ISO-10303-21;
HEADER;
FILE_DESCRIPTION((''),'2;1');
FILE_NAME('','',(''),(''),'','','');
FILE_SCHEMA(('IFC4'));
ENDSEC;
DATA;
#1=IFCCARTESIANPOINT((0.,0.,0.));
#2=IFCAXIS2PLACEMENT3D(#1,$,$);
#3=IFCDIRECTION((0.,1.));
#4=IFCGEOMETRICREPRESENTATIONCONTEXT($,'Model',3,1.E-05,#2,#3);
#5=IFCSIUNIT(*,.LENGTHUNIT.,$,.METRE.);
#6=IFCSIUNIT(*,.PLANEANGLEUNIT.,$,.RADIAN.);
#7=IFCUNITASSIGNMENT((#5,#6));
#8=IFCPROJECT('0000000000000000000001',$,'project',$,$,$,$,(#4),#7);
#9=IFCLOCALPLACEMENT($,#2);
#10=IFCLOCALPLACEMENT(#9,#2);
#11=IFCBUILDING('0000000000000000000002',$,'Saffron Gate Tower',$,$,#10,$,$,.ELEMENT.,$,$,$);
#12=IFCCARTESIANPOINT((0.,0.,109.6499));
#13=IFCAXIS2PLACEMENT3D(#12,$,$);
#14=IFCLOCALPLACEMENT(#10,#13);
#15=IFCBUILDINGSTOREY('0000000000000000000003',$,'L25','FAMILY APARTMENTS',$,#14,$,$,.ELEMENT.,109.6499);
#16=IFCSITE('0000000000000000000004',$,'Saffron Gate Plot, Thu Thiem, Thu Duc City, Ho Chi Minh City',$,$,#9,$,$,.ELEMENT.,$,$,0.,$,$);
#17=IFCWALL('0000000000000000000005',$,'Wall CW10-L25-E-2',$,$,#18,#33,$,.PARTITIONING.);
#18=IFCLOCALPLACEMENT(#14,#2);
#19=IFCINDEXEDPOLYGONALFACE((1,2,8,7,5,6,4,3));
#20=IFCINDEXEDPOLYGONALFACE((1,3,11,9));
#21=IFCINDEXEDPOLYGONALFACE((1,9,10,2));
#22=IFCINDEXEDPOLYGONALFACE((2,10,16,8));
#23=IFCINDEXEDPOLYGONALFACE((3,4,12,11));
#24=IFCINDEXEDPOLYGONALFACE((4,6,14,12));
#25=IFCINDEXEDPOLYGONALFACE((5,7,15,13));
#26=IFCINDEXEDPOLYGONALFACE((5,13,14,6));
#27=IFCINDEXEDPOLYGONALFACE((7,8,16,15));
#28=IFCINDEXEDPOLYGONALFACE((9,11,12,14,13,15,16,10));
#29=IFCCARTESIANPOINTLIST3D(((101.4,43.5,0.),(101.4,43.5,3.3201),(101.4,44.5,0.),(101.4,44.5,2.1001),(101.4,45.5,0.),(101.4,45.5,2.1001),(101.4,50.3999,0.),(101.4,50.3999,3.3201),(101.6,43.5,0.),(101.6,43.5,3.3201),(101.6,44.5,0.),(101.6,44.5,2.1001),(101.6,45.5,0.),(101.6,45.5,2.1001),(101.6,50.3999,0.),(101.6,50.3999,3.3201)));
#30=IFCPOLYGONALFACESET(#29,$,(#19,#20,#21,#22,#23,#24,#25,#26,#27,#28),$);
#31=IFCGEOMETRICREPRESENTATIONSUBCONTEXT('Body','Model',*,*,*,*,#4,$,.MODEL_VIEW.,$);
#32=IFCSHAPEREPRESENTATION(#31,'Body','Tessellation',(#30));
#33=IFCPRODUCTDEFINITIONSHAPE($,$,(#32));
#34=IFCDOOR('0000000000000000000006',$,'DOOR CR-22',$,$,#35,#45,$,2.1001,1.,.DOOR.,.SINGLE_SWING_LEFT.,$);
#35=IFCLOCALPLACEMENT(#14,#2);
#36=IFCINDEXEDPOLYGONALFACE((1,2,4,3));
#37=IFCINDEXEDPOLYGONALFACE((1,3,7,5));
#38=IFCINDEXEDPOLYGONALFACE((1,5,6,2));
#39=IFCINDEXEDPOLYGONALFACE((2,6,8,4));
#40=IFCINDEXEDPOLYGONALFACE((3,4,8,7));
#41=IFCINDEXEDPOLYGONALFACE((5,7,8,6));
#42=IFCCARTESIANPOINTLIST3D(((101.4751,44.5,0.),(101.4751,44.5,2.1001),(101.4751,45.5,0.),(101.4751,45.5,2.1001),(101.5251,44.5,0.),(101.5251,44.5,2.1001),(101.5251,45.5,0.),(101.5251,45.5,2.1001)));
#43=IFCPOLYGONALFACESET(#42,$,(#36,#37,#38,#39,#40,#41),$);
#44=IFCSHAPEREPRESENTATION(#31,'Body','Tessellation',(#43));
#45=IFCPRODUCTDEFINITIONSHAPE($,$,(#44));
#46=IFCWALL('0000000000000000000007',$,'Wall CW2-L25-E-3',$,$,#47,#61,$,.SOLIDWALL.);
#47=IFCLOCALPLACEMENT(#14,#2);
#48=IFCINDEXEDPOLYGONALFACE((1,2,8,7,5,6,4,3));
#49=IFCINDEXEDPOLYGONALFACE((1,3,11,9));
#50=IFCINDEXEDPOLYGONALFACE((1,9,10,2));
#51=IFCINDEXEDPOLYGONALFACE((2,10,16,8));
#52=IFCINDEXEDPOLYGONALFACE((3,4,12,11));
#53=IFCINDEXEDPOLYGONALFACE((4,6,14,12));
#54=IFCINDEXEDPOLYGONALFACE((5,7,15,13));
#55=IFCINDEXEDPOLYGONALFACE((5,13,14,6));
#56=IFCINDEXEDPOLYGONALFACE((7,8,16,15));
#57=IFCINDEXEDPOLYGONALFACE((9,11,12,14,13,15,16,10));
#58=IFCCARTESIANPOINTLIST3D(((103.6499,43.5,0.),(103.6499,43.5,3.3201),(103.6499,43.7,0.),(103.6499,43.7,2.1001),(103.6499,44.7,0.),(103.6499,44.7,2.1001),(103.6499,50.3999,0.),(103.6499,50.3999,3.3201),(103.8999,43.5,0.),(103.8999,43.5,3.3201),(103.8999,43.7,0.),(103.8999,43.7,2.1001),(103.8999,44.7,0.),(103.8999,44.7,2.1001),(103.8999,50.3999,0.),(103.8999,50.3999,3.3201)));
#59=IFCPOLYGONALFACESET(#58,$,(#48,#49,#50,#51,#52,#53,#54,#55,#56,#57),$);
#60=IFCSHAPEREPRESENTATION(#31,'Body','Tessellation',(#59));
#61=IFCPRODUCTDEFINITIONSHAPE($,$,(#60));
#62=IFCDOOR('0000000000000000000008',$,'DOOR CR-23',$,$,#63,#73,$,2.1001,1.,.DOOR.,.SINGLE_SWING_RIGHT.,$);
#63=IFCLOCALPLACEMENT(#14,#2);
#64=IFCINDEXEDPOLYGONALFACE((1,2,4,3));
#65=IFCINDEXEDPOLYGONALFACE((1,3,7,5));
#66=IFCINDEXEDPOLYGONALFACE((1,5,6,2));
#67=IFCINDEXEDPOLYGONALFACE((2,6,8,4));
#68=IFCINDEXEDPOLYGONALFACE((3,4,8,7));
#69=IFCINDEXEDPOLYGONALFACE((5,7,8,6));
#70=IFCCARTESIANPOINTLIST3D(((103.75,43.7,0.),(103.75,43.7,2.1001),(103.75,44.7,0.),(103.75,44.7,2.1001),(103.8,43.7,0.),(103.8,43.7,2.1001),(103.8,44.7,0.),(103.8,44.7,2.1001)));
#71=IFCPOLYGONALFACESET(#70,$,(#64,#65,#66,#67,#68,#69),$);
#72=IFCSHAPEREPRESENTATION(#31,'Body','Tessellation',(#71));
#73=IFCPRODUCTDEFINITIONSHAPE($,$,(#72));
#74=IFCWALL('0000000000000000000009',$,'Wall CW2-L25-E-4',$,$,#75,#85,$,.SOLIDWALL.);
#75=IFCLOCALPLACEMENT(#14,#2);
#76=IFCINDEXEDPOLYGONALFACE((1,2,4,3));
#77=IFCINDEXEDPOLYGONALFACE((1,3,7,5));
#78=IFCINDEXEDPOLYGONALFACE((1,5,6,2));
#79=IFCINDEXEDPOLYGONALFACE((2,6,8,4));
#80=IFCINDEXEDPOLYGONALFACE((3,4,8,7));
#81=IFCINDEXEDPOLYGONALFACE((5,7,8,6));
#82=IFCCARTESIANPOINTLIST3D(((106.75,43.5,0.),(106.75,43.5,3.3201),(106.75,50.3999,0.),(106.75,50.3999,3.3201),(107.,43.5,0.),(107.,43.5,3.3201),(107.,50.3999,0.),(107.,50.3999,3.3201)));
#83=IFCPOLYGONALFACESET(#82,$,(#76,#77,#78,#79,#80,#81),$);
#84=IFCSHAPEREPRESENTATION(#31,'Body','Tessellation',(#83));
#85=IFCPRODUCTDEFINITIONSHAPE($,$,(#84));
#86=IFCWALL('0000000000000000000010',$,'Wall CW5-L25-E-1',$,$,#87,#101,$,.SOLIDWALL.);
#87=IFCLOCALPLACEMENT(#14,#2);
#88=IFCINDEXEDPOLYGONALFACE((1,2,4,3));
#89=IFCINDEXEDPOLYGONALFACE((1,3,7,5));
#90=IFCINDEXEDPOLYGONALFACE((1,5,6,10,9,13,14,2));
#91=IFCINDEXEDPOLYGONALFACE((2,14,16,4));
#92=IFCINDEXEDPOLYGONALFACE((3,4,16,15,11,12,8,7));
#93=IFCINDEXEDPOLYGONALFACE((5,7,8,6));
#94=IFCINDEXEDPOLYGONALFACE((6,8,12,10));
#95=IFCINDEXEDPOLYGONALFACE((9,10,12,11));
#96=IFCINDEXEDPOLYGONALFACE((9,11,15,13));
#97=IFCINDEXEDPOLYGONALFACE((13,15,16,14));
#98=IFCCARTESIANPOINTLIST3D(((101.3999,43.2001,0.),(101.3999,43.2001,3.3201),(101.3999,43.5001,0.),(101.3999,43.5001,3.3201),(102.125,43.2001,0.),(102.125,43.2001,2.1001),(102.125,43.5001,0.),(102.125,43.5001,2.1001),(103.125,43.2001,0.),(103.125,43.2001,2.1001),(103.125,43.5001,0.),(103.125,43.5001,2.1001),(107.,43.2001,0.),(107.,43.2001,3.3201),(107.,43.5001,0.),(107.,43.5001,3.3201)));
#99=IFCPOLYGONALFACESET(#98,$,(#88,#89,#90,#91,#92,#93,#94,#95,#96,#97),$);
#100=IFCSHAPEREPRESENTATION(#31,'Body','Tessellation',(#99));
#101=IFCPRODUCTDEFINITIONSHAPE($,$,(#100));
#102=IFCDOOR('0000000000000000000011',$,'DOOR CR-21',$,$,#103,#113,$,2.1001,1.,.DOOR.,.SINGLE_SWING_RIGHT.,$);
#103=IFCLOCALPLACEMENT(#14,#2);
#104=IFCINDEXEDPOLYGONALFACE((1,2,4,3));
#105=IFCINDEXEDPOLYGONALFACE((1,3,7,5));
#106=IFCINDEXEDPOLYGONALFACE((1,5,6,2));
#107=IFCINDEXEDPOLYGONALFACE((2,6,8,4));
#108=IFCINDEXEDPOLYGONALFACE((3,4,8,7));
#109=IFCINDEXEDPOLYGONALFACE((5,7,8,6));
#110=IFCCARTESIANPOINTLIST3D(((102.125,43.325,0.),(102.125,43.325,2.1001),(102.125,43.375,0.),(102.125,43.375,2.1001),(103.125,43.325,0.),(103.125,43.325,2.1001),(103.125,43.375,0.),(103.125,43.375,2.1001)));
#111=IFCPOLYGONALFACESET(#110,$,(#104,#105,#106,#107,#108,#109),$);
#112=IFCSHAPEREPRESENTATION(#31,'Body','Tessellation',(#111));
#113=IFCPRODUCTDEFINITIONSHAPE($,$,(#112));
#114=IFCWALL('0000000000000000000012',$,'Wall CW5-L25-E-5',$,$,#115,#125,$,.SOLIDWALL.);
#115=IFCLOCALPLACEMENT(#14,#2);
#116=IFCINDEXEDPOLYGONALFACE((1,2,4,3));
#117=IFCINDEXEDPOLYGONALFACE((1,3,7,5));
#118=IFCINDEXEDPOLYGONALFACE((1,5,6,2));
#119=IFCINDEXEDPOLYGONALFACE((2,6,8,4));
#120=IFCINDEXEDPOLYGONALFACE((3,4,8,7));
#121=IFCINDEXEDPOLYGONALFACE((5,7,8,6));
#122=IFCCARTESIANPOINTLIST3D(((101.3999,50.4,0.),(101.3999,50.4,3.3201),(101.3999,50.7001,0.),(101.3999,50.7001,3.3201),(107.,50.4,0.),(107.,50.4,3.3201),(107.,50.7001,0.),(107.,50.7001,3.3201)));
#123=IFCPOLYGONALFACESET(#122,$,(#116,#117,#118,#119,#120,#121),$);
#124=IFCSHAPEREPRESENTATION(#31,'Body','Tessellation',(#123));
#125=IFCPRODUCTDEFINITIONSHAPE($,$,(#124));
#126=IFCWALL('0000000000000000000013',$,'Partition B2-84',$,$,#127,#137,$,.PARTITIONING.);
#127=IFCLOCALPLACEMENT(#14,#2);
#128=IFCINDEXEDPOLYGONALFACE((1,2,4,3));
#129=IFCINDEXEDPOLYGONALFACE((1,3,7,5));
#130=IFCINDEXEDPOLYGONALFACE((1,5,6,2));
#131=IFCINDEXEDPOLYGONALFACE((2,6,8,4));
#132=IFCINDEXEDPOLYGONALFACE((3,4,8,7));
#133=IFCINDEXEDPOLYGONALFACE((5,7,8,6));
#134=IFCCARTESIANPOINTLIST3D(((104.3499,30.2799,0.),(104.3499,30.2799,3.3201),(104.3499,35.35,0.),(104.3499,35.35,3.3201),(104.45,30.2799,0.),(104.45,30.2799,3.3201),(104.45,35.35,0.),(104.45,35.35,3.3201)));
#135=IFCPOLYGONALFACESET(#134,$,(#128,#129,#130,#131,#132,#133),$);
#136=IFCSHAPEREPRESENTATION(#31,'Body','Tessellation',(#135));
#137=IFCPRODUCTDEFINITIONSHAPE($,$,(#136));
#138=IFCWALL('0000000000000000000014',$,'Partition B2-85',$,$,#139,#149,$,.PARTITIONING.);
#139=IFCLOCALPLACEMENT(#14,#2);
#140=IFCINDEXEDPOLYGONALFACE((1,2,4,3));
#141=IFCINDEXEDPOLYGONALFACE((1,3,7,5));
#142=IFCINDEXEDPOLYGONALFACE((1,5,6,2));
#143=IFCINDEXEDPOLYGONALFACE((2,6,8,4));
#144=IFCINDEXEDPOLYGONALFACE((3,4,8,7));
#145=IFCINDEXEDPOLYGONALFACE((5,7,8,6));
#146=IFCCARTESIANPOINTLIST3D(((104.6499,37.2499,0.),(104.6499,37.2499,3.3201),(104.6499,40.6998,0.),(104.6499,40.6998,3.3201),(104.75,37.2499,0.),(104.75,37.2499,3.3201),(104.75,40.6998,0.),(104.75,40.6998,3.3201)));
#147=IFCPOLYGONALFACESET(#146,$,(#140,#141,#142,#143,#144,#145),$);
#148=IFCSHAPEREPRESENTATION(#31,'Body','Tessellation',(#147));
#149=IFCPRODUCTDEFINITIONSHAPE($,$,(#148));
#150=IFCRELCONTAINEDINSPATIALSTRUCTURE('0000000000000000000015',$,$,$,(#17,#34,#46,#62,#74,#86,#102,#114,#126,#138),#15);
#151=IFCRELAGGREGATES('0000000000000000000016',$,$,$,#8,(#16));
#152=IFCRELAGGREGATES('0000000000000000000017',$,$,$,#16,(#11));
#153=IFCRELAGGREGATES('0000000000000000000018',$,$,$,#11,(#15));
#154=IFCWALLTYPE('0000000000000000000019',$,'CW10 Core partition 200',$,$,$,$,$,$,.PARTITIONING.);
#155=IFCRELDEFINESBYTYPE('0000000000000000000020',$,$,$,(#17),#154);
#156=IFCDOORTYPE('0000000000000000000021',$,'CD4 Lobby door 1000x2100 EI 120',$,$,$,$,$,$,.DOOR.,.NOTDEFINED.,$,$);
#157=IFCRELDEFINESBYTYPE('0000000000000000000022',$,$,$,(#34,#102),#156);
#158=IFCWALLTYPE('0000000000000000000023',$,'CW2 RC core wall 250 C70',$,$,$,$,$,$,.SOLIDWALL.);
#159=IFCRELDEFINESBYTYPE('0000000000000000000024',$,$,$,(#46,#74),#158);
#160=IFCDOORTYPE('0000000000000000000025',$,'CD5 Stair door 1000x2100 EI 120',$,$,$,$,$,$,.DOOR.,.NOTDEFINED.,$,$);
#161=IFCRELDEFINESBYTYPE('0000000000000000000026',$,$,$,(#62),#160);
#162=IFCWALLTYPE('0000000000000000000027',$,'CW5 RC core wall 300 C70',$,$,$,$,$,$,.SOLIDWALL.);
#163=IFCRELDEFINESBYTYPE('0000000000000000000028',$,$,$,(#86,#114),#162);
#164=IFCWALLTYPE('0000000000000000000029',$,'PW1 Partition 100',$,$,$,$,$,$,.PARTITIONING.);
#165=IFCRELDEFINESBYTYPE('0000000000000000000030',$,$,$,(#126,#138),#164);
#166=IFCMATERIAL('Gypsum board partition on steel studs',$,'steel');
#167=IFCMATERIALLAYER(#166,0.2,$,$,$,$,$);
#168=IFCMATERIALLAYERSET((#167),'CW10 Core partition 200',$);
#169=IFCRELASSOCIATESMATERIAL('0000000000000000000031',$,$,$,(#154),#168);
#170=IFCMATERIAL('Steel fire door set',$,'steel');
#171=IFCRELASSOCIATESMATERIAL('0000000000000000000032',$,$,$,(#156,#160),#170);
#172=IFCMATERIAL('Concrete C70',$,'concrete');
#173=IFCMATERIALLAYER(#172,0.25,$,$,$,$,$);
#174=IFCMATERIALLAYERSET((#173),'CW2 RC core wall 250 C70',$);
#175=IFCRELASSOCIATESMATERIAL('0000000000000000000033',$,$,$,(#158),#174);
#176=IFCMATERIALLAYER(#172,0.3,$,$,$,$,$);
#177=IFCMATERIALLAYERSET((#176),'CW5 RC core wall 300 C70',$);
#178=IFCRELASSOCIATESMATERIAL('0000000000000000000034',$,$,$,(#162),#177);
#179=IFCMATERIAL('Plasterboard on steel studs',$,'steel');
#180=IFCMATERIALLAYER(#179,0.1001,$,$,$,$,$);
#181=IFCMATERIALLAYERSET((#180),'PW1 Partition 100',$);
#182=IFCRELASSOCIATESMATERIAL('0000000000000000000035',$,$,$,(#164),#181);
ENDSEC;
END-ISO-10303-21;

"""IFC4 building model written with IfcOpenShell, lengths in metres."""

from ifc_helpers import new_model, si_unit, direction, frame, frame_2d, origin, place, context, subcontext, project, spatial, rectangle, extrude, material, layer, layer_set, type_object, element, fill, save


model = new_model("IFC4")

# Units and contexts
model_context = context("Model", 3, precision=1e-05, world=origin(), true_north=direction((0.0, 1.0)))
body_context = subcontext(model_context, "Body", "Model", "MODEL_VIEW")
ifc_project = project(units=[si_unit("LENGTHUNIT", "METRE"), si_unit("PLANEANGLEUNIT", "RADIAN")], contexts=[model_context])

# Site, building, storey
site_placement = place(None, origin())
site = spatial("IfcSite", under=ifc_project, at=site_placement, Name="Saffron Gate Plot, Thu Thiem, Thu Duc City, Ho Chi Minh City", CompositionType="ELEMENT", RefElevation=0.0)
building_placement = place(site_placement, origin())
building = spatial("IfcBuilding", under=site, at=building_placement, Name="Saffron Gate Tower", CompositionType="ELEMENT")
storey_placement = place(building_placement, frame((0.0, 0.0, 109.6499)))
storey = spatial("IfcBuildingStorey", under=building, at=storey_placement, Name="L25", Description="FAMILY APARTMENTS", CompositionType="ELEMENT", Elevation=109.6499)

# Walls, openings, doors
ifc_material_1 = material(Name="Gypsum board partition on steel studs", Category="steel")
ifc_layer_1 = layer(ifc_material_1, 0.2)
ifc_layer_set_1 = layer_set([ifc_layer_1], Name="CW10 Core partition 200")
wall_type_1 = type_object("IfcWallType", Name="CW10 Core partition 200", PredefinedType="PARTITIONING", material=ifc_layer_set_1)
wall_1_placement = place(storey_placement, frame((101.5, 43.5, 0.0), z_axis=(0.0, 0.0, 1.0), x_axis=(0.0, 1.0, 0.0)))
wall_1 = element("IfcWall", 1, at=wall_1_placement, inside=storey, type_object=wall_type_1, Name="Wall CW10-L25-E-2", PredefinedType="PARTITIONING", context=body_context, shape_type="SweptSolid", body=[
    extrude(rectangle(XDim=6.8999, YDim=0.2, at=frame_2d((3.45, 0.0))), origin(), (0.0, 0.0, 1.0), 3.3201),
])
opening_1_placement = place(wall_1_placement, frame((1.0, 0.0, 0.0)))
opening_1 = element("IfcOpeningElement", 2, at=opening_1_placement, cuts=wall_1, PredefinedType="OPENING", context=body_context, shape_type="SweptSolid", body=[
    extrude(rectangle(XDim=1.0, YDim=2.1001, at=frame_2d((0.5, 1.05))), frame((0.0, 0.1099, 0.0), z_axis=(0.0, -1.0, 0.0), x_axis=(1.0, 0.0, 0.0)), (0.0, 0.0, 1.0), 0.22),
])
ifc_material_2 = material(Name="Steel fire door set", Category="steel")
door_type_1 = type_object("IfcDoorType", Name="CD4 Lobby door 1000x2100 EI 120", OperationType="NOTDEFINED", PredefinedType="DOOR", material=ifc_material_2)
door_1_placement = place(opening_1_placement, origin())
door_1 = element("IfcDoor", 3, at=door_1_placement, inside=storey, type_object=door_type_1, Name="DOOR CR-22", OperationType="SINGLE_SWING_LEFT", OverallHeight=2.1001, OverallWidth=1.0, PredefinedType="DOOR", context=body_context, shape_type="SweptSolid", body=[
    extrude(rectangle(XDim=1.0, YDim=2.1001, at=frame_2d((0.5, 1.05))), frame((0.0, 0.0249, 0.0), z_axis=(0.0, -1.0, 0.0), x_axis=(1.0, 0.0, 0.0)), (0.0, 0.0, 1.0), 0.05),
])
fill(opening_1, door_1)
ifc_material_3 = material(Name="Concrete C70", Category="concrete")
ifc_layer_2 = layer(ifc_material_3, 0.25)
ifc_layer_set_2 = layer_set([ifc_layer_2], Name="CW2 RC core wall 250 C70")
wall_type_2 = type_object("IfcWallType", Name="CW2 RC core wall 250 C70", PredefinedType="SOLIDWALL", material=ifc_layer_set_2)
wall_2_placement = place(storey_placement, frame((103.7749, 43.5, 0.0), z_axis=(0.0, 0.0, 1.0), x_axis=(0.0, 1.0, 0.0)))
wall_2 = element("IfcWall", 4, at=wall_2_placement, inside=storey, type_object=wall_type_2, Name="Wall CW2-L25-E-3", PredefinedType="SOLIDWALL", context=body_context, shape_type="SweptSolid", body=[
    extrude(rectangle(XDim=6.8999, YDim=0.25, at=frame_2d((3.45, 0.0))), origin(), (0.0, 0.0, 1.0), 3.3201),
])
opening_2_placement = place(wall_2_placement, frame((0.2, 0.0, 0.0)))
opening_2 = element("IfcOpeningElement", 5, at=opening_2_placement, cuts=wall_2, PredefinedType="OPENING", context=body_context, shape_type="SweptSolid", body=[
    extrude(rectangle(XDim=1.0, YDim=2.1001, at=frame_2d((0.5, 1.05))), frame((0.0, 0.135, 0.0), z_axis=(0.0, -1.0, 0.0), x_axis=(1.0, 0.0, 0.0)), (0.0, 0.0, 1.0), 0.27),
])
door_type_2 = type_object("IfcDoorType", Name="CD5 Stair door 1000x2100 EI 120", OperationType="NOTDEFINED", PredefinedType="DOOR", material=ifc_material_2)
door_2_placement = place(opening_2_placement, origin())
door_2 = element("IfcDoor", 6, at=door_2_placement, inside=storey, type_object=door_type_2, Name="DOOR CR-23", OperationType="SINGLE_SWING_RIGHT", OverallHeight=2.1001, OverallWidth=1.0, PredefinedType="DOOR", context=body_context, shape_type="SweptSolid", body=[
    extrude(rectangle(XDim=1.0, YDim=2.1001, at=frame_2d((0.5, 1.05))), frame((0.0, 0.0249, 0.0), z_axis=(0.0, -1.0, 0.0), x_axis=(1.0, 0.0, 0.0)), (0.0, 0.0, 1.0), 0.05),
])
fill(opening_2, door_2)

# Wall
wall_3_placement = place(storey_placement, frame((106.875, 43.5, 0.0), z_axis=(0.0, 0.0, 1.0), x_axis=(0.0, 1.0, 0.0)))
element("IfcWall", 7, at=wall_3_placement, inside=storey, type_object=wall_type_2, Name="Wall CW2-L25-E-4", PredefinedType="SOLIDWALL", context=body_context, shape_type="SweptSolid", body=[
    extrude(rectangle(XDim=6.8999, YDim=0.25, at=frame_2d((3.45, 0.0))), origin(), (0.0, 0.0, 1.0), 3.3201),
])

# Wall, opening, door
ifc_layer_3 = layer(ifc_material_3, 0.3)
ifc_layer_set_3 = layer_set([ifc_layer_3], Name="CW5 RC core wall 300 C70")
wall_type_3 = type_object("IfcWallType", Name="CW5 RC core wall 300 C70", PredefinedType="SOLIDWALL", material=ifc_layer_set_3)
wall_4_placement = place(storey_placement, frame((101.3999, 43.3501, 0.0), z_axis=(0.0, 0.0, 1.0), x_axis=(1.0, 0.0, 0.0)))
wall_4 = element("IfcWall", 8, at=wall_4_placement, inside=storey, type_object=wall_type_3, Name="Wall CW5-L25-E-1", PredefinedType="SOLIDWALL", context=body_context, shape_type="SweptSolid", body=[
    extrude(rectangle(XDim=5.6001, YDim=0.3, at=frame_2d((2.8, 0.0))), origin(), (0.0, 0.0, 1.0), 3.3201),
])
opening_3_placement = place(wall_4_placement, frame((0.7251, 0.0, 0.0)))
opening_3 = element("IfcOpeningElement", 9, at=opening_3_placement, cuts=wall_4, PredefinedType="OPENING", context=body_context, shape_type="SweptSolid", body=[
    extrude(rectangle(XDim=1.0, YDim=2.1001, at=frame_2d((0.5, 1.05))), frame((0.0, 0.1602, 0.0), z_axis=(0.0, -1.0, 0.0), x_axis=(1.0, 0.0, 0.0)), (0.0, 0.0, 1.0), 0.3201),
])
door_3_placement = place(opening_3_placement, origin())
door_3 = element("IfcDoor", 10, at=door_3_placement, inside=storey, type_object=door_type_1, Name="DOOR CR-21", OperationType="SINGLE_SWING_RIGHT", OverallHeight=2.1001, OverallWidth=1.0, PredefinedType="DOOR", context=body_context, shape_type="SweptSolid", body=[
    extrude(rectangle(XDim=1.0, YDim=2.1001, at=frame_2d((0.5, 1.05))), frame((0.0, 0.0249, 0.0), z_axis=(0.0, -1.0, 0.0), x_axis=(1.0, 0.0, 0.0)), (0.0, 0.0, 1.0), 0.05),
])
fill(opening_3, door_3)

# Walls
wall_5_placement = place(storey_placement, frame((101.3999, 50.55, 0.0), z_axis=(0.0, 0.0, 1.0), x_axis=(1.0, 0.0, 0.0)))
element("IfcWall", 11, at=wall_5_placement, inside=storey, type_object=wall_type_3, Name="Wall CW5-L25-E-5", PredefinedType="SOLIDWALL", context=body_context, shape_type="SweptSolid", body=[
    extrude(rectangle(XDim=5.6001, YDim=0.3, at=frame_2d((2.8, 0.0))), origin(), (0.0, 0.0, 1.0), 3.3201),
])
ifc_material_4 = material(Name="Plasterboard on steel studs", Category="steel")
ifc_layer_4 = layer(ifc_material_4, 0.1001)
ifc_layer_set_4 = layer_set([ifc_layer_4], Name="PW1 Partition 100")
wall_type_4 = type_object("IfcWallType", Name="PW1 Partition 100", PredefinedType="PARTITIONING", material=ifc_layer_set_4)
wall_6_placement = place(storey_placement, frame((104.3999, 35.3501, 0.0), z_axis=(0.0, 0.0, 1.0), x_axis=(0.0, -1.0, 0.0)))
element("IfcWall", 12, at=wall_6_placement, inside=storey, type_object=wall_type_4, Name="Partition B2-84", PredefinedType="PARTITIONING", context=body_context, shape_type="SweptSolid", body=[
    extrude(rectangle(XDim=5.0701, YDim=0.1001, at=frame_2d((2.5352, 0.0))), origin(), (0.0, 0.0, 1.0), 3.3201),
])
wall_7_placement = place(storey_placement, frame((104.7, 40.7, 0.0), z_axis=(0.0, 0.0, 1.0), x_axis=(0.0, -1.0, 0.0)))
element("IfcWall", 13, at=wall_7_placement, inside=storey, type_object=wall_type_4, Name="Partition B2-85", PredefinedType="PARTITIONING", context=body_context, shape_type="SweptSolid", body=[
    extrude(rectangle(XDim=3.45, YDim=0.1001, at=frame_2d((1.7251, 0.0))), origin(), (0.0, 0.0, 1.0), 3.3201),
])

save(model, "model.ifc")
